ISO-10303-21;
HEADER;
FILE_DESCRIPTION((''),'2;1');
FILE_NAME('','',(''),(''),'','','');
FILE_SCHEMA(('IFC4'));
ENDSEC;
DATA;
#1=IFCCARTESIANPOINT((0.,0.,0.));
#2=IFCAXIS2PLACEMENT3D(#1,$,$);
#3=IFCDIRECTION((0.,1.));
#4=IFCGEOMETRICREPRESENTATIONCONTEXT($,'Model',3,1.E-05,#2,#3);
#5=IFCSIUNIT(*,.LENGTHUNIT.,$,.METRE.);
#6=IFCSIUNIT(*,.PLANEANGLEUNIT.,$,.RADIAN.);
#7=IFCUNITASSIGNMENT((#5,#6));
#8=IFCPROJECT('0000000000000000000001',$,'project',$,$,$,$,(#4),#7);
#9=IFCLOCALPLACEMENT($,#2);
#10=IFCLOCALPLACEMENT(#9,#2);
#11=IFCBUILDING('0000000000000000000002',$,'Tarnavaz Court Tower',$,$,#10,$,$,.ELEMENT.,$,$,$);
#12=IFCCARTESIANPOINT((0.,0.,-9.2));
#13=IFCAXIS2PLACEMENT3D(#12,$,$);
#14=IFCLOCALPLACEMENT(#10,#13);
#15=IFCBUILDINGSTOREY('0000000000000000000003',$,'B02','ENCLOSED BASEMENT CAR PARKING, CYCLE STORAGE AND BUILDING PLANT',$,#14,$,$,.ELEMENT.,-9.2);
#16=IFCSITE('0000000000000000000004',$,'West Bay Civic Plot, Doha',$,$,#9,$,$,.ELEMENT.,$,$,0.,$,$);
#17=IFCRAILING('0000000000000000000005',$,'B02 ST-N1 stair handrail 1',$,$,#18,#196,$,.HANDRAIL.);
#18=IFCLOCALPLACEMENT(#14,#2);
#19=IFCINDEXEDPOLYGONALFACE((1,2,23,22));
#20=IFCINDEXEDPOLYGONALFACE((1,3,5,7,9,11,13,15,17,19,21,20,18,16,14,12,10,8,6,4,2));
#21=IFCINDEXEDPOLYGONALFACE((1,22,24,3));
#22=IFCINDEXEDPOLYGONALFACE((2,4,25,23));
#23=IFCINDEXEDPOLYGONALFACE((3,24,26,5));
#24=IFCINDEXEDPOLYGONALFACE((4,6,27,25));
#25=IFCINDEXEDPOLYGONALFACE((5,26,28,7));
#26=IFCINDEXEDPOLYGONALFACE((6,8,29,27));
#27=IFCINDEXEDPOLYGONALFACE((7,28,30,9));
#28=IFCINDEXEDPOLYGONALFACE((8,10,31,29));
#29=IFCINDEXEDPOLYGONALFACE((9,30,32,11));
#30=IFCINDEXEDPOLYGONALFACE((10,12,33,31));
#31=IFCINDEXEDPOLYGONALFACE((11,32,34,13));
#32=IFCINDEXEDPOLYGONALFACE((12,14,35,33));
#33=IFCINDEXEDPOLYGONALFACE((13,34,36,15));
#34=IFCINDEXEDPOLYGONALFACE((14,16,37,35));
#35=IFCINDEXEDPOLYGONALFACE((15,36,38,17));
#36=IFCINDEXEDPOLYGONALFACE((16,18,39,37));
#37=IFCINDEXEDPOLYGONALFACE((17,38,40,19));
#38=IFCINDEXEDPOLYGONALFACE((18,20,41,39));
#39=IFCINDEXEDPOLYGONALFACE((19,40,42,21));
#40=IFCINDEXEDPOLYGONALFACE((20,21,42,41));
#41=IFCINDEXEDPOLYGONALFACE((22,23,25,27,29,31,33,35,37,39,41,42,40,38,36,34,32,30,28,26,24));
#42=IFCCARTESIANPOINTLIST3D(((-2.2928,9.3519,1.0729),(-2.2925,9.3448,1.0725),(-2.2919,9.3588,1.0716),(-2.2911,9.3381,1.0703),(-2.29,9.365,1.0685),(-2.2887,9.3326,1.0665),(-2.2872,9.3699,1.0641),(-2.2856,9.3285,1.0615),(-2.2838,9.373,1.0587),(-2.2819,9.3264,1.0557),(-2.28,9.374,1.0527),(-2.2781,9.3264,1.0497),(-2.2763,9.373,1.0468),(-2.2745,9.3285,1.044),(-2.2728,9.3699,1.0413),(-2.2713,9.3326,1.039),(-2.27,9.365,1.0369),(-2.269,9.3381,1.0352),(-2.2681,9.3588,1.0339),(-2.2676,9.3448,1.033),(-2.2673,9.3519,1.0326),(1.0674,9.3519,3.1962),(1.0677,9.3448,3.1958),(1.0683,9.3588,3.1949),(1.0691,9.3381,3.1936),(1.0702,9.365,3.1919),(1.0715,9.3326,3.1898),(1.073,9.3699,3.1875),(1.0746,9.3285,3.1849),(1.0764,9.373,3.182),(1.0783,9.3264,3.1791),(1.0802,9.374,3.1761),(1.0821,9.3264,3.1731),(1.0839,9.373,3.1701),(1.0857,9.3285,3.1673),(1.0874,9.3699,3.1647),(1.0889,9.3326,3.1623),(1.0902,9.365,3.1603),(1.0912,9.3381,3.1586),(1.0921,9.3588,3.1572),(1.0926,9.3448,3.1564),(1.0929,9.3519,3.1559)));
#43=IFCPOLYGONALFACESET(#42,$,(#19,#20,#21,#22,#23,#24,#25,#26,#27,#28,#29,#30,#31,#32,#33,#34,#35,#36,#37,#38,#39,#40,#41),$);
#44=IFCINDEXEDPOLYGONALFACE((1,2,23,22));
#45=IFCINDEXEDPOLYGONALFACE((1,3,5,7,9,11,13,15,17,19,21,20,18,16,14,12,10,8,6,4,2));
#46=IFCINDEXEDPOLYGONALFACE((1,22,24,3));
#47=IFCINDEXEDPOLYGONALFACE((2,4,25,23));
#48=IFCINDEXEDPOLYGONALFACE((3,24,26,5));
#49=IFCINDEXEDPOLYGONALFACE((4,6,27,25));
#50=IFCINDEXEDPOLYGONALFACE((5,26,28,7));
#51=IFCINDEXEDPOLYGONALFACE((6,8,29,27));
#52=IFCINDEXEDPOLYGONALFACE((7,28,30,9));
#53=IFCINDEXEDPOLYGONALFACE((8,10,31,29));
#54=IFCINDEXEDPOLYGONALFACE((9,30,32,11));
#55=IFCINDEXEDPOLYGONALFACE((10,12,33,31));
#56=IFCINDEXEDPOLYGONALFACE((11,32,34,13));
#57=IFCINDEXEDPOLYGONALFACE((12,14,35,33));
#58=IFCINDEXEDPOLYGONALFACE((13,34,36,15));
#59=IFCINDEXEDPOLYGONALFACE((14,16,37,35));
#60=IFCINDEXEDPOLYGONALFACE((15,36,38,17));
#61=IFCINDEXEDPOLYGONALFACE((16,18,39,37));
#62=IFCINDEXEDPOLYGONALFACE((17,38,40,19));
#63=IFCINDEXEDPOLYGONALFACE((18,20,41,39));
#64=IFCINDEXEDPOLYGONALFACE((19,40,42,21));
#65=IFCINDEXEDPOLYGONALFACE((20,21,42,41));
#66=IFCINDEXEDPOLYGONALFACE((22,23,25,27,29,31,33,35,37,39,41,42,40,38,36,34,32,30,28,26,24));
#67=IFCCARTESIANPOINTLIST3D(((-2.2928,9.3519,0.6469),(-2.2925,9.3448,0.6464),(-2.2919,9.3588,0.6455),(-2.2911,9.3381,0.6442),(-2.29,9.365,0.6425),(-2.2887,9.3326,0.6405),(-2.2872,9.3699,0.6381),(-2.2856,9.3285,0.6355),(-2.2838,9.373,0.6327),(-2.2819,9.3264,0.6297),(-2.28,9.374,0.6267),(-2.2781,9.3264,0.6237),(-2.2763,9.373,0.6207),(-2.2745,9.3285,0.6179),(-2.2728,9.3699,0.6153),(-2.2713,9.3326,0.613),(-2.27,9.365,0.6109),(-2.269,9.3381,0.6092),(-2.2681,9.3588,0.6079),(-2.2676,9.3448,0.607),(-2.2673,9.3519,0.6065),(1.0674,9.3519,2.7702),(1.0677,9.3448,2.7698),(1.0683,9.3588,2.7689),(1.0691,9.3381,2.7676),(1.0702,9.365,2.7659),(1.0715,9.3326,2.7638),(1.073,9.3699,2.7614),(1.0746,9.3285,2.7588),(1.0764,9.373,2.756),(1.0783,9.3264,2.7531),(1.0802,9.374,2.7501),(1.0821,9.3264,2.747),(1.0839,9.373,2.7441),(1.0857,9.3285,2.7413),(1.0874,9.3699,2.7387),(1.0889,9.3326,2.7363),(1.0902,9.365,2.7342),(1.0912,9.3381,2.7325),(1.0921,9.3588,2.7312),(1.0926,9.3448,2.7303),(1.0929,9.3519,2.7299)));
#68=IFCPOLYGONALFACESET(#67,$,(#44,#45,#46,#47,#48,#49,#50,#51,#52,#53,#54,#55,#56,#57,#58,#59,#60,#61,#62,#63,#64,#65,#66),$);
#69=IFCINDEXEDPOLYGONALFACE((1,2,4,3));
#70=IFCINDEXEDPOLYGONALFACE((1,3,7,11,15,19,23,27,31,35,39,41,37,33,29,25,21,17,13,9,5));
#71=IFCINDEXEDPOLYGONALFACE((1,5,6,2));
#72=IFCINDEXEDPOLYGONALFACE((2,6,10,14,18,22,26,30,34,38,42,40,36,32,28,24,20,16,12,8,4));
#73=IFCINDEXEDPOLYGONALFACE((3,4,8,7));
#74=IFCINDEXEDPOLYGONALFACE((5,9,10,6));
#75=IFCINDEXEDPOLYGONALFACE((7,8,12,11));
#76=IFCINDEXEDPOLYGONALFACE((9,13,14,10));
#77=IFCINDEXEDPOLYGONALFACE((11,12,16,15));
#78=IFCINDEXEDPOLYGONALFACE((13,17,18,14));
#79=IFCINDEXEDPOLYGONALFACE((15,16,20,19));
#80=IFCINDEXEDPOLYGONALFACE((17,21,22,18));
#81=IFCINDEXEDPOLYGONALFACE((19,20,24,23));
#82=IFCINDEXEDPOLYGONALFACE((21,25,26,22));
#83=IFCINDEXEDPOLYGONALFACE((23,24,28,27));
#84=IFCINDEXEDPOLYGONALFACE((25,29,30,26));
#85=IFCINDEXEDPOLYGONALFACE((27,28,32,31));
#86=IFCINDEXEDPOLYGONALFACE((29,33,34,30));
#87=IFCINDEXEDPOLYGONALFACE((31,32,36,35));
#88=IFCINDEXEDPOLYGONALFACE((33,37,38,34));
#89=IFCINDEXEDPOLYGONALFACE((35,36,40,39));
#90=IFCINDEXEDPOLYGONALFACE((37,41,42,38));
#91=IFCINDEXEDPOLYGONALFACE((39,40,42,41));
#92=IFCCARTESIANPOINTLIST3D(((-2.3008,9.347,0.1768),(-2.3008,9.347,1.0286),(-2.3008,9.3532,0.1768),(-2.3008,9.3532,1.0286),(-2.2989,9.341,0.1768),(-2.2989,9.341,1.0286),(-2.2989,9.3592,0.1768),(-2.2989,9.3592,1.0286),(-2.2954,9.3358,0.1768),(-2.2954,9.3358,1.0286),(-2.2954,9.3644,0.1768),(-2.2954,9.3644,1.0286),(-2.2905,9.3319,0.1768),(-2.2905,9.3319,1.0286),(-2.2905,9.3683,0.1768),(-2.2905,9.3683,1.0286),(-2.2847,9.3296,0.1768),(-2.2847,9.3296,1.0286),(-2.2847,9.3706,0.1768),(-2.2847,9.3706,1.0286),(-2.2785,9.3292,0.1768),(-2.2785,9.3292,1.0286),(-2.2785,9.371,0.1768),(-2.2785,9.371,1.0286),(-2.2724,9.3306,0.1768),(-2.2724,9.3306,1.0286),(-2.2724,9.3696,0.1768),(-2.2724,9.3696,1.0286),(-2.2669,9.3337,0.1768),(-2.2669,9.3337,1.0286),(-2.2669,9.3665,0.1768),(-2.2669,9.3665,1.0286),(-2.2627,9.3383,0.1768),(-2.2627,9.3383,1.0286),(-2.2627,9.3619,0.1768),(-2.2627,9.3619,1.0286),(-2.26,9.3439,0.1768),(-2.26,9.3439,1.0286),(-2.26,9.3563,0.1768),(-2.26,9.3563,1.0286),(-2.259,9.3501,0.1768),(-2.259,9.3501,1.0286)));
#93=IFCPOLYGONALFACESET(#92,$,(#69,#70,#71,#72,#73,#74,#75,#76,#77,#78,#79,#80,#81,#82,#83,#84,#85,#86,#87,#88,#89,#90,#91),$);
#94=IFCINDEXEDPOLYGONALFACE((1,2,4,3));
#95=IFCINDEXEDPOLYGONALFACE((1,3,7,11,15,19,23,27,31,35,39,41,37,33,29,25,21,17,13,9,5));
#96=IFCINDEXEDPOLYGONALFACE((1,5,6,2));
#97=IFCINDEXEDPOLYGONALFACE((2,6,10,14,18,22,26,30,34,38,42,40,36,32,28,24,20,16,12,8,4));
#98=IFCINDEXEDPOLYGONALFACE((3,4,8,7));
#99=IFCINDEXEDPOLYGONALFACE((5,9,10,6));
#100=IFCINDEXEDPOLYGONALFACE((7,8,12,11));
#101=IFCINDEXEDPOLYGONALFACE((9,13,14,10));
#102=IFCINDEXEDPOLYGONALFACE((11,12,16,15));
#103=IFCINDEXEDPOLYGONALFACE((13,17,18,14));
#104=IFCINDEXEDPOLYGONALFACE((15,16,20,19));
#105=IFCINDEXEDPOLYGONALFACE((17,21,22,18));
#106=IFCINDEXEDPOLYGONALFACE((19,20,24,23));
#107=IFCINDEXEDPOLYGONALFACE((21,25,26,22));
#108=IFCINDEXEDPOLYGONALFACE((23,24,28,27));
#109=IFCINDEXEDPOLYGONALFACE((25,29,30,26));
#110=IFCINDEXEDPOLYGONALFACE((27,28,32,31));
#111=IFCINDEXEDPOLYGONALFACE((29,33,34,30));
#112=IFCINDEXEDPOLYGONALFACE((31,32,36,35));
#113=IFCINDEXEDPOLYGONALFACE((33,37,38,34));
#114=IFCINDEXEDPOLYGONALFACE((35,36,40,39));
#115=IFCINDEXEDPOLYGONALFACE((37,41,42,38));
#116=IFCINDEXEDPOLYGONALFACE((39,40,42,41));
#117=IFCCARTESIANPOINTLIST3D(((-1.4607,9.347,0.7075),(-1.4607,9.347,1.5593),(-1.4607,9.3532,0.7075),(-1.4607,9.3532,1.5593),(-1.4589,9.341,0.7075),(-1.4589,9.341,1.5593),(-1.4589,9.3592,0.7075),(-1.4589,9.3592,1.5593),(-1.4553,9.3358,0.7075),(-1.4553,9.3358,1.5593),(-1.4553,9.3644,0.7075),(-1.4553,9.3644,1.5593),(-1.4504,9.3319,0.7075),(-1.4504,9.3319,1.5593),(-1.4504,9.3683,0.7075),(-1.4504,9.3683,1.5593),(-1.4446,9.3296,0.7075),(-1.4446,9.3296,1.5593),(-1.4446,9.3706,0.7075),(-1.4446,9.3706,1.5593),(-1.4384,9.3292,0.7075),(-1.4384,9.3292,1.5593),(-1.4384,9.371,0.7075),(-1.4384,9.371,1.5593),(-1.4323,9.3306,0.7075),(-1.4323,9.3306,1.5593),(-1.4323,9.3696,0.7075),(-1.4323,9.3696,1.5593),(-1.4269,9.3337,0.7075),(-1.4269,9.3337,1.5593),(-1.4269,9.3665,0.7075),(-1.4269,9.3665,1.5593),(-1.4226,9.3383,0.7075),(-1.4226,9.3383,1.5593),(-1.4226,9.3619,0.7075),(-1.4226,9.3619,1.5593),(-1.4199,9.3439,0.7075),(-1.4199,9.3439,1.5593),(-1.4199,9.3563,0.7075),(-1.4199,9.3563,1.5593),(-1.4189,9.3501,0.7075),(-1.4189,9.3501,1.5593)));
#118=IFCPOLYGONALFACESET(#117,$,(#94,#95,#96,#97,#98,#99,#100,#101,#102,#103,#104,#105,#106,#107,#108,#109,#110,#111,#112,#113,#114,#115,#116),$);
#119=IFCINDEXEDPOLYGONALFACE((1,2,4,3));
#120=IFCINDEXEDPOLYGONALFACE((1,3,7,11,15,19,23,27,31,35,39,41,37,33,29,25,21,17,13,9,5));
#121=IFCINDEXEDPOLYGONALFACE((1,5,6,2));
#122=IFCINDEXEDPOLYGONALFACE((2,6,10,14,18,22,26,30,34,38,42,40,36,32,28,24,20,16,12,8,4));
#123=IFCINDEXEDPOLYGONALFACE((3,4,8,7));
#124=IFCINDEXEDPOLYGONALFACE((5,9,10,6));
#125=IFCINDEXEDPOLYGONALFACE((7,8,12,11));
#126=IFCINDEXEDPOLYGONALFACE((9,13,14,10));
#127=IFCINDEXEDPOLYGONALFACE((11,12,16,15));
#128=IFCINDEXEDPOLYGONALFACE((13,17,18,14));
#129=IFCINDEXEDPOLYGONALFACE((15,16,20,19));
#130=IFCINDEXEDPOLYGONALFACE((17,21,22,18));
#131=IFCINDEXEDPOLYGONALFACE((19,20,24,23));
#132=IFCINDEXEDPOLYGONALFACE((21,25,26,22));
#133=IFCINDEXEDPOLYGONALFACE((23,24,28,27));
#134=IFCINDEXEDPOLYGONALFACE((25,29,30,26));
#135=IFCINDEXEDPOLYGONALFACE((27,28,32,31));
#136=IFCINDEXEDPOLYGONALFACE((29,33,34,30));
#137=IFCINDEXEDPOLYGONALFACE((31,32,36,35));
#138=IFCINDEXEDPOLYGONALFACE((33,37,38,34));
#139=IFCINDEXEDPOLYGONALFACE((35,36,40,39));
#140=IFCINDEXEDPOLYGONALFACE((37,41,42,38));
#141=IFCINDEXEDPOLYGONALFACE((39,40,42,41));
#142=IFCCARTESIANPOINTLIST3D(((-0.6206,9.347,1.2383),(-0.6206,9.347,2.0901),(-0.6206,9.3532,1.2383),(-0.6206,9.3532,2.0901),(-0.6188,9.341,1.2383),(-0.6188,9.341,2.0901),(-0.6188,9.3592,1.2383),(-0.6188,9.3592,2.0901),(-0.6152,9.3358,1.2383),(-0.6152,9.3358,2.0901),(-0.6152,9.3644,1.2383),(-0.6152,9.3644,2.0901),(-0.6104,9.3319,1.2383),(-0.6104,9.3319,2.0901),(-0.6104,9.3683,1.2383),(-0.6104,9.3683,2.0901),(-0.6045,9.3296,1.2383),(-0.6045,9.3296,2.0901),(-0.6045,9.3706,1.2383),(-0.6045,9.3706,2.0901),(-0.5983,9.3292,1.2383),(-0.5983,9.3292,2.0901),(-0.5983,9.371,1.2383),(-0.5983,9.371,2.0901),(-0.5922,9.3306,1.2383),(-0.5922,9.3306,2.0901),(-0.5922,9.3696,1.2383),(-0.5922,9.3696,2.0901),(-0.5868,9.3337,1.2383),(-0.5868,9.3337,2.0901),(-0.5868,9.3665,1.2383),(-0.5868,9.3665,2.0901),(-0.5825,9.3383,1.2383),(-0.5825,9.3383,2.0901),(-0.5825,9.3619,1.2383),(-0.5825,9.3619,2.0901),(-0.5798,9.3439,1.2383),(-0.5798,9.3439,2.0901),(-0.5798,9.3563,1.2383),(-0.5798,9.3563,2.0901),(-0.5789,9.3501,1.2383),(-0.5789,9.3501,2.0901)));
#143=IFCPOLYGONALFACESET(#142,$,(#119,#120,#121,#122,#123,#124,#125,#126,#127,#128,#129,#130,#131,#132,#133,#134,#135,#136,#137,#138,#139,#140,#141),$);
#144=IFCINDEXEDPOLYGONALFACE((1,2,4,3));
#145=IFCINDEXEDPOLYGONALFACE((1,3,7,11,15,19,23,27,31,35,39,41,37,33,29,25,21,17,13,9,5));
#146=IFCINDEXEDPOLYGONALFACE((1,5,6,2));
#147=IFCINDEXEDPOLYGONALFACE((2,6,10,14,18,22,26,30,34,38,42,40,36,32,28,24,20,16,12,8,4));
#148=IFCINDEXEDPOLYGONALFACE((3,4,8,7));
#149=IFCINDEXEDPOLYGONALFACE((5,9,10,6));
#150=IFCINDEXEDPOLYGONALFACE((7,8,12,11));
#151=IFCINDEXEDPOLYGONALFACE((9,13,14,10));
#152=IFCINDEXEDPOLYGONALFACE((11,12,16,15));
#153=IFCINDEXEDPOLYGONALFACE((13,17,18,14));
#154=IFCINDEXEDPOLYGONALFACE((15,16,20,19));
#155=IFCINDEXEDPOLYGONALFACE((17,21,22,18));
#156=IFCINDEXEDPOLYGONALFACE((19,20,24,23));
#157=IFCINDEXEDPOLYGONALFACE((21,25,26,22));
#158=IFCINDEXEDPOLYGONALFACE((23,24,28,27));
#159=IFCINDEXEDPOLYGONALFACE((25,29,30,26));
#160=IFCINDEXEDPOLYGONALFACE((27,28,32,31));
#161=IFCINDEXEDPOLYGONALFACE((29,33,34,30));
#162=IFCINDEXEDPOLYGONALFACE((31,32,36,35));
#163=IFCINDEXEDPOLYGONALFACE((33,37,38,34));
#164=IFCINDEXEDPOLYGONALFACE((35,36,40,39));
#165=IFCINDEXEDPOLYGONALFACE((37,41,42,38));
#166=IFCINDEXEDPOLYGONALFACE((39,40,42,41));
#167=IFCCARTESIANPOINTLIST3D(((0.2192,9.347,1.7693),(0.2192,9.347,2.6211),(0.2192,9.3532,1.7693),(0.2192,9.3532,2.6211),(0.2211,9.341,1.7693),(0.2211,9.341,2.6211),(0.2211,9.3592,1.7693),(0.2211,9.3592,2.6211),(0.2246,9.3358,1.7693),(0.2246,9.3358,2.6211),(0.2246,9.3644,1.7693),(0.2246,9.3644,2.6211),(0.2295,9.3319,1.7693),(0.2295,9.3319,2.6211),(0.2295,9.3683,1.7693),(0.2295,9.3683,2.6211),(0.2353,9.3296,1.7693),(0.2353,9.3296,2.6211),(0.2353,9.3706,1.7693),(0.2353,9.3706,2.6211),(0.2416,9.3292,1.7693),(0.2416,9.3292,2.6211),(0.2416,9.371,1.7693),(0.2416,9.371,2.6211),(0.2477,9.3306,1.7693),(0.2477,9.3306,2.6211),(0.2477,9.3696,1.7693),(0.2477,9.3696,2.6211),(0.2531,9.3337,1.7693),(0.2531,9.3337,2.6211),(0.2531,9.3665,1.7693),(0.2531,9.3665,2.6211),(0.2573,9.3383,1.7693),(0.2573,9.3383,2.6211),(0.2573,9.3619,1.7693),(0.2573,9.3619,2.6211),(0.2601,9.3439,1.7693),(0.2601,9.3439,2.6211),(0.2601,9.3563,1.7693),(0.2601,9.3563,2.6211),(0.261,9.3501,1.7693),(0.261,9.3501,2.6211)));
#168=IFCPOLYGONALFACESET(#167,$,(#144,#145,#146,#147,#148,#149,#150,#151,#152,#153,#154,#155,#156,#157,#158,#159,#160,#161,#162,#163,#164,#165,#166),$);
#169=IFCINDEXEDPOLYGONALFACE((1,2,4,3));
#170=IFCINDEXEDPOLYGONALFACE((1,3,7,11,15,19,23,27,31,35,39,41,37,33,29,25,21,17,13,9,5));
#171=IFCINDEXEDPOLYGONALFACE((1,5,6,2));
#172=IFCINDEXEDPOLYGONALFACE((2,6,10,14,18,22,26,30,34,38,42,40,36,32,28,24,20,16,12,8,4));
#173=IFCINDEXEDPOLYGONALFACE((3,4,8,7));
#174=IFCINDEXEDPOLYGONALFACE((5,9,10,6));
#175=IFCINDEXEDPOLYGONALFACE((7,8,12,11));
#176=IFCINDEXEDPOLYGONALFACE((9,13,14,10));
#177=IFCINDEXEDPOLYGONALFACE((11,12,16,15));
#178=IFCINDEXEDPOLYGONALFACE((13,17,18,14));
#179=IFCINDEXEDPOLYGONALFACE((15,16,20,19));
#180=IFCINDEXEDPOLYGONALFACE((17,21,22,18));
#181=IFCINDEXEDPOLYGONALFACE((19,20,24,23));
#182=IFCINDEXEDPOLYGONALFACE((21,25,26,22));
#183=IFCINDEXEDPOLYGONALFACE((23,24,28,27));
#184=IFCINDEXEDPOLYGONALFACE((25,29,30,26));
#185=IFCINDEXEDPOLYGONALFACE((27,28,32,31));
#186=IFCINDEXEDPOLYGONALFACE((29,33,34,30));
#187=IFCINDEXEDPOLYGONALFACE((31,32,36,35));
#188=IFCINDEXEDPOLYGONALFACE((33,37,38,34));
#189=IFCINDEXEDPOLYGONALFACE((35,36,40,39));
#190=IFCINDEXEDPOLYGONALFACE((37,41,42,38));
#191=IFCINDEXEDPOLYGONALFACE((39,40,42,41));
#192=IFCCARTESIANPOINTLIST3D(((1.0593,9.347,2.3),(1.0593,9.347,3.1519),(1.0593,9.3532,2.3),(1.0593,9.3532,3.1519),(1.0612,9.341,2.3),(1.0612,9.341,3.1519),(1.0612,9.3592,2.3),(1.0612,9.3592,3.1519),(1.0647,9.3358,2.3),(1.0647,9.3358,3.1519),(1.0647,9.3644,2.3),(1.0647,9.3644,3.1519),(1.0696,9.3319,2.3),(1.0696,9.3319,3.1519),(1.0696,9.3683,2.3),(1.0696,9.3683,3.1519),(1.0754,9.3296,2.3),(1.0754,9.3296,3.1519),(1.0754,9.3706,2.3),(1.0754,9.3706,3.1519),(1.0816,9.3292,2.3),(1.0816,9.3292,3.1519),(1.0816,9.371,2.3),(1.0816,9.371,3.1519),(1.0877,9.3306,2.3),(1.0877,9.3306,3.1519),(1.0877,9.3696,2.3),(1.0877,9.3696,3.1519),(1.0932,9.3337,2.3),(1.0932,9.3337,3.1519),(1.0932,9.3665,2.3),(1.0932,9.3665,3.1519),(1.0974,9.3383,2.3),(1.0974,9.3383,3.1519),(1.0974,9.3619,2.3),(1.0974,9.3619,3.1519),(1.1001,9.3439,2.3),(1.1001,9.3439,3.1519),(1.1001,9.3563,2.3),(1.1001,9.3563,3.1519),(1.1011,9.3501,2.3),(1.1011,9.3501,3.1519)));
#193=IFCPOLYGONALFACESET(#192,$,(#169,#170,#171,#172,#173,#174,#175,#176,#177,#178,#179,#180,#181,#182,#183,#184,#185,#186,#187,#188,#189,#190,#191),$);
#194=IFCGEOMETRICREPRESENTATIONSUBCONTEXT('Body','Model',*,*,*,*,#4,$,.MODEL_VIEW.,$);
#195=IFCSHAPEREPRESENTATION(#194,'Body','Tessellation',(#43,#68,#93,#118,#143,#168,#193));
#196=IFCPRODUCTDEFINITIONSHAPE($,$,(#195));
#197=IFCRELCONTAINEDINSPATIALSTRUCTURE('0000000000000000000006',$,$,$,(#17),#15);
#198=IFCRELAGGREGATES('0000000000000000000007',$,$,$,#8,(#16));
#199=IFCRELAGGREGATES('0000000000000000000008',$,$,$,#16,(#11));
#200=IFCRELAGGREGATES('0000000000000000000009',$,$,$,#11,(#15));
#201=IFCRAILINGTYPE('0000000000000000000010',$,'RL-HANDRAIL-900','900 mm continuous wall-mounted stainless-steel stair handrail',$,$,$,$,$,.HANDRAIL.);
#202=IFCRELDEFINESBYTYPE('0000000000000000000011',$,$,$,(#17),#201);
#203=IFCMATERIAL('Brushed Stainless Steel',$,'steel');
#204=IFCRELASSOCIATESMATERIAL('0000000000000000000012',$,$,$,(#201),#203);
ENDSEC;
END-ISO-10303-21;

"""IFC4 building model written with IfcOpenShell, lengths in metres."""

from ifc_helpers import new_model, si_unit, direction, frame, origin, origin_2d, place, context, subcontext, project, spatial, circle, extrude, material, type_object, element, save


model = new_model("IFC4")

# Units and contexts
model_context = context("Model", 3, precision=1e-05, world=origin(), true_north=direction((0.0, 1.0)))
body_context = subcontext(model_context, "Body", "Model", "MODEL_VIEW")
ifc_project = project(units=[si_unit("LENGTHUNIT", "METRE"), si_unit("PLANEANGLEUNIT", "RADIAN")], contexts=[model_context])

# Site, building, storey
site_placement = place(None, origin())
site = spatial("IfcSite", under=ifc_project, at=site_placement, Name="West Bay Civic Plot, Doha", CompositionType="ELEMENT", RefElevation=0.0)
building_placement = place(site_placement, origin())
building = spatial("IfcBuilding", under=site, at=building_placement, Name="Tarnavaz Court Tower", CompositionType="ELEMENT")
storey_placement = place(building_placement, frame((0.0, 0.0, -9.2)))
storey = spatial("IfcBuildingStorey", under=building, at=storey_placement, Name="B02", Description="ENCLOSED BASEMENT CAR PARKING, CYCLE STORAGE AND BUILDING PLANT", CompositionType="ELEMENT", Elevation=-9.2)

# Railing
ifc_material_1 = material(Name="Brushed Stainless Steel", Category="steel")
railing_type_1 = type_object("IfcRailingType", Name="RL-HANDRAIL-900", Description="900 mm continuous wall-mounted stainless-steel stair handrail", PredefinedType="HANDRAIL", material=ifc_material_1)
railing_1_placement = place(storey_placement, frame((-2.28, 9.3501, 0.1768)))
element("IfcRailing", 1, at=railing_1_placement, inside=storey, type_object=railing_type_1, Name="B02 ST-N1 stair handrail 1", PredefinedType="HANDRAIL", context=body_context, shape_type="SweptSolid", body=[
    extrude(circle(Radius=0.0239, at=origin_2d()), frame((0.0, 0.0, 0.876), z_axis=(0.845362, 0.0, 0.534194), x_axis=(0.0, 1.0, 0.0)), (0.0, 0.0, 1.0), 3.9749),
    extrude(circle(Radius=0.0239, at=origin_2d()), frame((0.0, 0.0, 0.45), z_axis=(0.845362, 0.0, 0.534194), x_axis=(0.0, 1.0, 0.0)), (0.0, 0.0, 1.0), 3.9749),
    extrude(circle(Radius=0.021, at=origin_2d()), origin(), (0.0, 0.0, 1.0), 0.8518),
    extrude(circle(Radius=0.021, at=origin_2d()), frame((0.8401, 0.0, 0.5308)), (0.0, 0.0, 1.0), 0.8518),
    extrude(circle(Radius=0.021, at=origin_2d()), frame((1.6802, 0.0, 1.0615)), (0.0, 0.0, 1.0), 0.8518),
    extrude(circle(Radius=0.021, at=origin_2d()), frame((2.52, 0.0, 1.5925)), (0.0, 0.0, 1.0), 0.8518),
    extrude(circle(Radius=0.021, at=origin_2d()), frame((3.3601, 0.0, 2.1233)), (0.0, 0.0, 1.0), 0.8518),
])

save(model, "model.ifc")
